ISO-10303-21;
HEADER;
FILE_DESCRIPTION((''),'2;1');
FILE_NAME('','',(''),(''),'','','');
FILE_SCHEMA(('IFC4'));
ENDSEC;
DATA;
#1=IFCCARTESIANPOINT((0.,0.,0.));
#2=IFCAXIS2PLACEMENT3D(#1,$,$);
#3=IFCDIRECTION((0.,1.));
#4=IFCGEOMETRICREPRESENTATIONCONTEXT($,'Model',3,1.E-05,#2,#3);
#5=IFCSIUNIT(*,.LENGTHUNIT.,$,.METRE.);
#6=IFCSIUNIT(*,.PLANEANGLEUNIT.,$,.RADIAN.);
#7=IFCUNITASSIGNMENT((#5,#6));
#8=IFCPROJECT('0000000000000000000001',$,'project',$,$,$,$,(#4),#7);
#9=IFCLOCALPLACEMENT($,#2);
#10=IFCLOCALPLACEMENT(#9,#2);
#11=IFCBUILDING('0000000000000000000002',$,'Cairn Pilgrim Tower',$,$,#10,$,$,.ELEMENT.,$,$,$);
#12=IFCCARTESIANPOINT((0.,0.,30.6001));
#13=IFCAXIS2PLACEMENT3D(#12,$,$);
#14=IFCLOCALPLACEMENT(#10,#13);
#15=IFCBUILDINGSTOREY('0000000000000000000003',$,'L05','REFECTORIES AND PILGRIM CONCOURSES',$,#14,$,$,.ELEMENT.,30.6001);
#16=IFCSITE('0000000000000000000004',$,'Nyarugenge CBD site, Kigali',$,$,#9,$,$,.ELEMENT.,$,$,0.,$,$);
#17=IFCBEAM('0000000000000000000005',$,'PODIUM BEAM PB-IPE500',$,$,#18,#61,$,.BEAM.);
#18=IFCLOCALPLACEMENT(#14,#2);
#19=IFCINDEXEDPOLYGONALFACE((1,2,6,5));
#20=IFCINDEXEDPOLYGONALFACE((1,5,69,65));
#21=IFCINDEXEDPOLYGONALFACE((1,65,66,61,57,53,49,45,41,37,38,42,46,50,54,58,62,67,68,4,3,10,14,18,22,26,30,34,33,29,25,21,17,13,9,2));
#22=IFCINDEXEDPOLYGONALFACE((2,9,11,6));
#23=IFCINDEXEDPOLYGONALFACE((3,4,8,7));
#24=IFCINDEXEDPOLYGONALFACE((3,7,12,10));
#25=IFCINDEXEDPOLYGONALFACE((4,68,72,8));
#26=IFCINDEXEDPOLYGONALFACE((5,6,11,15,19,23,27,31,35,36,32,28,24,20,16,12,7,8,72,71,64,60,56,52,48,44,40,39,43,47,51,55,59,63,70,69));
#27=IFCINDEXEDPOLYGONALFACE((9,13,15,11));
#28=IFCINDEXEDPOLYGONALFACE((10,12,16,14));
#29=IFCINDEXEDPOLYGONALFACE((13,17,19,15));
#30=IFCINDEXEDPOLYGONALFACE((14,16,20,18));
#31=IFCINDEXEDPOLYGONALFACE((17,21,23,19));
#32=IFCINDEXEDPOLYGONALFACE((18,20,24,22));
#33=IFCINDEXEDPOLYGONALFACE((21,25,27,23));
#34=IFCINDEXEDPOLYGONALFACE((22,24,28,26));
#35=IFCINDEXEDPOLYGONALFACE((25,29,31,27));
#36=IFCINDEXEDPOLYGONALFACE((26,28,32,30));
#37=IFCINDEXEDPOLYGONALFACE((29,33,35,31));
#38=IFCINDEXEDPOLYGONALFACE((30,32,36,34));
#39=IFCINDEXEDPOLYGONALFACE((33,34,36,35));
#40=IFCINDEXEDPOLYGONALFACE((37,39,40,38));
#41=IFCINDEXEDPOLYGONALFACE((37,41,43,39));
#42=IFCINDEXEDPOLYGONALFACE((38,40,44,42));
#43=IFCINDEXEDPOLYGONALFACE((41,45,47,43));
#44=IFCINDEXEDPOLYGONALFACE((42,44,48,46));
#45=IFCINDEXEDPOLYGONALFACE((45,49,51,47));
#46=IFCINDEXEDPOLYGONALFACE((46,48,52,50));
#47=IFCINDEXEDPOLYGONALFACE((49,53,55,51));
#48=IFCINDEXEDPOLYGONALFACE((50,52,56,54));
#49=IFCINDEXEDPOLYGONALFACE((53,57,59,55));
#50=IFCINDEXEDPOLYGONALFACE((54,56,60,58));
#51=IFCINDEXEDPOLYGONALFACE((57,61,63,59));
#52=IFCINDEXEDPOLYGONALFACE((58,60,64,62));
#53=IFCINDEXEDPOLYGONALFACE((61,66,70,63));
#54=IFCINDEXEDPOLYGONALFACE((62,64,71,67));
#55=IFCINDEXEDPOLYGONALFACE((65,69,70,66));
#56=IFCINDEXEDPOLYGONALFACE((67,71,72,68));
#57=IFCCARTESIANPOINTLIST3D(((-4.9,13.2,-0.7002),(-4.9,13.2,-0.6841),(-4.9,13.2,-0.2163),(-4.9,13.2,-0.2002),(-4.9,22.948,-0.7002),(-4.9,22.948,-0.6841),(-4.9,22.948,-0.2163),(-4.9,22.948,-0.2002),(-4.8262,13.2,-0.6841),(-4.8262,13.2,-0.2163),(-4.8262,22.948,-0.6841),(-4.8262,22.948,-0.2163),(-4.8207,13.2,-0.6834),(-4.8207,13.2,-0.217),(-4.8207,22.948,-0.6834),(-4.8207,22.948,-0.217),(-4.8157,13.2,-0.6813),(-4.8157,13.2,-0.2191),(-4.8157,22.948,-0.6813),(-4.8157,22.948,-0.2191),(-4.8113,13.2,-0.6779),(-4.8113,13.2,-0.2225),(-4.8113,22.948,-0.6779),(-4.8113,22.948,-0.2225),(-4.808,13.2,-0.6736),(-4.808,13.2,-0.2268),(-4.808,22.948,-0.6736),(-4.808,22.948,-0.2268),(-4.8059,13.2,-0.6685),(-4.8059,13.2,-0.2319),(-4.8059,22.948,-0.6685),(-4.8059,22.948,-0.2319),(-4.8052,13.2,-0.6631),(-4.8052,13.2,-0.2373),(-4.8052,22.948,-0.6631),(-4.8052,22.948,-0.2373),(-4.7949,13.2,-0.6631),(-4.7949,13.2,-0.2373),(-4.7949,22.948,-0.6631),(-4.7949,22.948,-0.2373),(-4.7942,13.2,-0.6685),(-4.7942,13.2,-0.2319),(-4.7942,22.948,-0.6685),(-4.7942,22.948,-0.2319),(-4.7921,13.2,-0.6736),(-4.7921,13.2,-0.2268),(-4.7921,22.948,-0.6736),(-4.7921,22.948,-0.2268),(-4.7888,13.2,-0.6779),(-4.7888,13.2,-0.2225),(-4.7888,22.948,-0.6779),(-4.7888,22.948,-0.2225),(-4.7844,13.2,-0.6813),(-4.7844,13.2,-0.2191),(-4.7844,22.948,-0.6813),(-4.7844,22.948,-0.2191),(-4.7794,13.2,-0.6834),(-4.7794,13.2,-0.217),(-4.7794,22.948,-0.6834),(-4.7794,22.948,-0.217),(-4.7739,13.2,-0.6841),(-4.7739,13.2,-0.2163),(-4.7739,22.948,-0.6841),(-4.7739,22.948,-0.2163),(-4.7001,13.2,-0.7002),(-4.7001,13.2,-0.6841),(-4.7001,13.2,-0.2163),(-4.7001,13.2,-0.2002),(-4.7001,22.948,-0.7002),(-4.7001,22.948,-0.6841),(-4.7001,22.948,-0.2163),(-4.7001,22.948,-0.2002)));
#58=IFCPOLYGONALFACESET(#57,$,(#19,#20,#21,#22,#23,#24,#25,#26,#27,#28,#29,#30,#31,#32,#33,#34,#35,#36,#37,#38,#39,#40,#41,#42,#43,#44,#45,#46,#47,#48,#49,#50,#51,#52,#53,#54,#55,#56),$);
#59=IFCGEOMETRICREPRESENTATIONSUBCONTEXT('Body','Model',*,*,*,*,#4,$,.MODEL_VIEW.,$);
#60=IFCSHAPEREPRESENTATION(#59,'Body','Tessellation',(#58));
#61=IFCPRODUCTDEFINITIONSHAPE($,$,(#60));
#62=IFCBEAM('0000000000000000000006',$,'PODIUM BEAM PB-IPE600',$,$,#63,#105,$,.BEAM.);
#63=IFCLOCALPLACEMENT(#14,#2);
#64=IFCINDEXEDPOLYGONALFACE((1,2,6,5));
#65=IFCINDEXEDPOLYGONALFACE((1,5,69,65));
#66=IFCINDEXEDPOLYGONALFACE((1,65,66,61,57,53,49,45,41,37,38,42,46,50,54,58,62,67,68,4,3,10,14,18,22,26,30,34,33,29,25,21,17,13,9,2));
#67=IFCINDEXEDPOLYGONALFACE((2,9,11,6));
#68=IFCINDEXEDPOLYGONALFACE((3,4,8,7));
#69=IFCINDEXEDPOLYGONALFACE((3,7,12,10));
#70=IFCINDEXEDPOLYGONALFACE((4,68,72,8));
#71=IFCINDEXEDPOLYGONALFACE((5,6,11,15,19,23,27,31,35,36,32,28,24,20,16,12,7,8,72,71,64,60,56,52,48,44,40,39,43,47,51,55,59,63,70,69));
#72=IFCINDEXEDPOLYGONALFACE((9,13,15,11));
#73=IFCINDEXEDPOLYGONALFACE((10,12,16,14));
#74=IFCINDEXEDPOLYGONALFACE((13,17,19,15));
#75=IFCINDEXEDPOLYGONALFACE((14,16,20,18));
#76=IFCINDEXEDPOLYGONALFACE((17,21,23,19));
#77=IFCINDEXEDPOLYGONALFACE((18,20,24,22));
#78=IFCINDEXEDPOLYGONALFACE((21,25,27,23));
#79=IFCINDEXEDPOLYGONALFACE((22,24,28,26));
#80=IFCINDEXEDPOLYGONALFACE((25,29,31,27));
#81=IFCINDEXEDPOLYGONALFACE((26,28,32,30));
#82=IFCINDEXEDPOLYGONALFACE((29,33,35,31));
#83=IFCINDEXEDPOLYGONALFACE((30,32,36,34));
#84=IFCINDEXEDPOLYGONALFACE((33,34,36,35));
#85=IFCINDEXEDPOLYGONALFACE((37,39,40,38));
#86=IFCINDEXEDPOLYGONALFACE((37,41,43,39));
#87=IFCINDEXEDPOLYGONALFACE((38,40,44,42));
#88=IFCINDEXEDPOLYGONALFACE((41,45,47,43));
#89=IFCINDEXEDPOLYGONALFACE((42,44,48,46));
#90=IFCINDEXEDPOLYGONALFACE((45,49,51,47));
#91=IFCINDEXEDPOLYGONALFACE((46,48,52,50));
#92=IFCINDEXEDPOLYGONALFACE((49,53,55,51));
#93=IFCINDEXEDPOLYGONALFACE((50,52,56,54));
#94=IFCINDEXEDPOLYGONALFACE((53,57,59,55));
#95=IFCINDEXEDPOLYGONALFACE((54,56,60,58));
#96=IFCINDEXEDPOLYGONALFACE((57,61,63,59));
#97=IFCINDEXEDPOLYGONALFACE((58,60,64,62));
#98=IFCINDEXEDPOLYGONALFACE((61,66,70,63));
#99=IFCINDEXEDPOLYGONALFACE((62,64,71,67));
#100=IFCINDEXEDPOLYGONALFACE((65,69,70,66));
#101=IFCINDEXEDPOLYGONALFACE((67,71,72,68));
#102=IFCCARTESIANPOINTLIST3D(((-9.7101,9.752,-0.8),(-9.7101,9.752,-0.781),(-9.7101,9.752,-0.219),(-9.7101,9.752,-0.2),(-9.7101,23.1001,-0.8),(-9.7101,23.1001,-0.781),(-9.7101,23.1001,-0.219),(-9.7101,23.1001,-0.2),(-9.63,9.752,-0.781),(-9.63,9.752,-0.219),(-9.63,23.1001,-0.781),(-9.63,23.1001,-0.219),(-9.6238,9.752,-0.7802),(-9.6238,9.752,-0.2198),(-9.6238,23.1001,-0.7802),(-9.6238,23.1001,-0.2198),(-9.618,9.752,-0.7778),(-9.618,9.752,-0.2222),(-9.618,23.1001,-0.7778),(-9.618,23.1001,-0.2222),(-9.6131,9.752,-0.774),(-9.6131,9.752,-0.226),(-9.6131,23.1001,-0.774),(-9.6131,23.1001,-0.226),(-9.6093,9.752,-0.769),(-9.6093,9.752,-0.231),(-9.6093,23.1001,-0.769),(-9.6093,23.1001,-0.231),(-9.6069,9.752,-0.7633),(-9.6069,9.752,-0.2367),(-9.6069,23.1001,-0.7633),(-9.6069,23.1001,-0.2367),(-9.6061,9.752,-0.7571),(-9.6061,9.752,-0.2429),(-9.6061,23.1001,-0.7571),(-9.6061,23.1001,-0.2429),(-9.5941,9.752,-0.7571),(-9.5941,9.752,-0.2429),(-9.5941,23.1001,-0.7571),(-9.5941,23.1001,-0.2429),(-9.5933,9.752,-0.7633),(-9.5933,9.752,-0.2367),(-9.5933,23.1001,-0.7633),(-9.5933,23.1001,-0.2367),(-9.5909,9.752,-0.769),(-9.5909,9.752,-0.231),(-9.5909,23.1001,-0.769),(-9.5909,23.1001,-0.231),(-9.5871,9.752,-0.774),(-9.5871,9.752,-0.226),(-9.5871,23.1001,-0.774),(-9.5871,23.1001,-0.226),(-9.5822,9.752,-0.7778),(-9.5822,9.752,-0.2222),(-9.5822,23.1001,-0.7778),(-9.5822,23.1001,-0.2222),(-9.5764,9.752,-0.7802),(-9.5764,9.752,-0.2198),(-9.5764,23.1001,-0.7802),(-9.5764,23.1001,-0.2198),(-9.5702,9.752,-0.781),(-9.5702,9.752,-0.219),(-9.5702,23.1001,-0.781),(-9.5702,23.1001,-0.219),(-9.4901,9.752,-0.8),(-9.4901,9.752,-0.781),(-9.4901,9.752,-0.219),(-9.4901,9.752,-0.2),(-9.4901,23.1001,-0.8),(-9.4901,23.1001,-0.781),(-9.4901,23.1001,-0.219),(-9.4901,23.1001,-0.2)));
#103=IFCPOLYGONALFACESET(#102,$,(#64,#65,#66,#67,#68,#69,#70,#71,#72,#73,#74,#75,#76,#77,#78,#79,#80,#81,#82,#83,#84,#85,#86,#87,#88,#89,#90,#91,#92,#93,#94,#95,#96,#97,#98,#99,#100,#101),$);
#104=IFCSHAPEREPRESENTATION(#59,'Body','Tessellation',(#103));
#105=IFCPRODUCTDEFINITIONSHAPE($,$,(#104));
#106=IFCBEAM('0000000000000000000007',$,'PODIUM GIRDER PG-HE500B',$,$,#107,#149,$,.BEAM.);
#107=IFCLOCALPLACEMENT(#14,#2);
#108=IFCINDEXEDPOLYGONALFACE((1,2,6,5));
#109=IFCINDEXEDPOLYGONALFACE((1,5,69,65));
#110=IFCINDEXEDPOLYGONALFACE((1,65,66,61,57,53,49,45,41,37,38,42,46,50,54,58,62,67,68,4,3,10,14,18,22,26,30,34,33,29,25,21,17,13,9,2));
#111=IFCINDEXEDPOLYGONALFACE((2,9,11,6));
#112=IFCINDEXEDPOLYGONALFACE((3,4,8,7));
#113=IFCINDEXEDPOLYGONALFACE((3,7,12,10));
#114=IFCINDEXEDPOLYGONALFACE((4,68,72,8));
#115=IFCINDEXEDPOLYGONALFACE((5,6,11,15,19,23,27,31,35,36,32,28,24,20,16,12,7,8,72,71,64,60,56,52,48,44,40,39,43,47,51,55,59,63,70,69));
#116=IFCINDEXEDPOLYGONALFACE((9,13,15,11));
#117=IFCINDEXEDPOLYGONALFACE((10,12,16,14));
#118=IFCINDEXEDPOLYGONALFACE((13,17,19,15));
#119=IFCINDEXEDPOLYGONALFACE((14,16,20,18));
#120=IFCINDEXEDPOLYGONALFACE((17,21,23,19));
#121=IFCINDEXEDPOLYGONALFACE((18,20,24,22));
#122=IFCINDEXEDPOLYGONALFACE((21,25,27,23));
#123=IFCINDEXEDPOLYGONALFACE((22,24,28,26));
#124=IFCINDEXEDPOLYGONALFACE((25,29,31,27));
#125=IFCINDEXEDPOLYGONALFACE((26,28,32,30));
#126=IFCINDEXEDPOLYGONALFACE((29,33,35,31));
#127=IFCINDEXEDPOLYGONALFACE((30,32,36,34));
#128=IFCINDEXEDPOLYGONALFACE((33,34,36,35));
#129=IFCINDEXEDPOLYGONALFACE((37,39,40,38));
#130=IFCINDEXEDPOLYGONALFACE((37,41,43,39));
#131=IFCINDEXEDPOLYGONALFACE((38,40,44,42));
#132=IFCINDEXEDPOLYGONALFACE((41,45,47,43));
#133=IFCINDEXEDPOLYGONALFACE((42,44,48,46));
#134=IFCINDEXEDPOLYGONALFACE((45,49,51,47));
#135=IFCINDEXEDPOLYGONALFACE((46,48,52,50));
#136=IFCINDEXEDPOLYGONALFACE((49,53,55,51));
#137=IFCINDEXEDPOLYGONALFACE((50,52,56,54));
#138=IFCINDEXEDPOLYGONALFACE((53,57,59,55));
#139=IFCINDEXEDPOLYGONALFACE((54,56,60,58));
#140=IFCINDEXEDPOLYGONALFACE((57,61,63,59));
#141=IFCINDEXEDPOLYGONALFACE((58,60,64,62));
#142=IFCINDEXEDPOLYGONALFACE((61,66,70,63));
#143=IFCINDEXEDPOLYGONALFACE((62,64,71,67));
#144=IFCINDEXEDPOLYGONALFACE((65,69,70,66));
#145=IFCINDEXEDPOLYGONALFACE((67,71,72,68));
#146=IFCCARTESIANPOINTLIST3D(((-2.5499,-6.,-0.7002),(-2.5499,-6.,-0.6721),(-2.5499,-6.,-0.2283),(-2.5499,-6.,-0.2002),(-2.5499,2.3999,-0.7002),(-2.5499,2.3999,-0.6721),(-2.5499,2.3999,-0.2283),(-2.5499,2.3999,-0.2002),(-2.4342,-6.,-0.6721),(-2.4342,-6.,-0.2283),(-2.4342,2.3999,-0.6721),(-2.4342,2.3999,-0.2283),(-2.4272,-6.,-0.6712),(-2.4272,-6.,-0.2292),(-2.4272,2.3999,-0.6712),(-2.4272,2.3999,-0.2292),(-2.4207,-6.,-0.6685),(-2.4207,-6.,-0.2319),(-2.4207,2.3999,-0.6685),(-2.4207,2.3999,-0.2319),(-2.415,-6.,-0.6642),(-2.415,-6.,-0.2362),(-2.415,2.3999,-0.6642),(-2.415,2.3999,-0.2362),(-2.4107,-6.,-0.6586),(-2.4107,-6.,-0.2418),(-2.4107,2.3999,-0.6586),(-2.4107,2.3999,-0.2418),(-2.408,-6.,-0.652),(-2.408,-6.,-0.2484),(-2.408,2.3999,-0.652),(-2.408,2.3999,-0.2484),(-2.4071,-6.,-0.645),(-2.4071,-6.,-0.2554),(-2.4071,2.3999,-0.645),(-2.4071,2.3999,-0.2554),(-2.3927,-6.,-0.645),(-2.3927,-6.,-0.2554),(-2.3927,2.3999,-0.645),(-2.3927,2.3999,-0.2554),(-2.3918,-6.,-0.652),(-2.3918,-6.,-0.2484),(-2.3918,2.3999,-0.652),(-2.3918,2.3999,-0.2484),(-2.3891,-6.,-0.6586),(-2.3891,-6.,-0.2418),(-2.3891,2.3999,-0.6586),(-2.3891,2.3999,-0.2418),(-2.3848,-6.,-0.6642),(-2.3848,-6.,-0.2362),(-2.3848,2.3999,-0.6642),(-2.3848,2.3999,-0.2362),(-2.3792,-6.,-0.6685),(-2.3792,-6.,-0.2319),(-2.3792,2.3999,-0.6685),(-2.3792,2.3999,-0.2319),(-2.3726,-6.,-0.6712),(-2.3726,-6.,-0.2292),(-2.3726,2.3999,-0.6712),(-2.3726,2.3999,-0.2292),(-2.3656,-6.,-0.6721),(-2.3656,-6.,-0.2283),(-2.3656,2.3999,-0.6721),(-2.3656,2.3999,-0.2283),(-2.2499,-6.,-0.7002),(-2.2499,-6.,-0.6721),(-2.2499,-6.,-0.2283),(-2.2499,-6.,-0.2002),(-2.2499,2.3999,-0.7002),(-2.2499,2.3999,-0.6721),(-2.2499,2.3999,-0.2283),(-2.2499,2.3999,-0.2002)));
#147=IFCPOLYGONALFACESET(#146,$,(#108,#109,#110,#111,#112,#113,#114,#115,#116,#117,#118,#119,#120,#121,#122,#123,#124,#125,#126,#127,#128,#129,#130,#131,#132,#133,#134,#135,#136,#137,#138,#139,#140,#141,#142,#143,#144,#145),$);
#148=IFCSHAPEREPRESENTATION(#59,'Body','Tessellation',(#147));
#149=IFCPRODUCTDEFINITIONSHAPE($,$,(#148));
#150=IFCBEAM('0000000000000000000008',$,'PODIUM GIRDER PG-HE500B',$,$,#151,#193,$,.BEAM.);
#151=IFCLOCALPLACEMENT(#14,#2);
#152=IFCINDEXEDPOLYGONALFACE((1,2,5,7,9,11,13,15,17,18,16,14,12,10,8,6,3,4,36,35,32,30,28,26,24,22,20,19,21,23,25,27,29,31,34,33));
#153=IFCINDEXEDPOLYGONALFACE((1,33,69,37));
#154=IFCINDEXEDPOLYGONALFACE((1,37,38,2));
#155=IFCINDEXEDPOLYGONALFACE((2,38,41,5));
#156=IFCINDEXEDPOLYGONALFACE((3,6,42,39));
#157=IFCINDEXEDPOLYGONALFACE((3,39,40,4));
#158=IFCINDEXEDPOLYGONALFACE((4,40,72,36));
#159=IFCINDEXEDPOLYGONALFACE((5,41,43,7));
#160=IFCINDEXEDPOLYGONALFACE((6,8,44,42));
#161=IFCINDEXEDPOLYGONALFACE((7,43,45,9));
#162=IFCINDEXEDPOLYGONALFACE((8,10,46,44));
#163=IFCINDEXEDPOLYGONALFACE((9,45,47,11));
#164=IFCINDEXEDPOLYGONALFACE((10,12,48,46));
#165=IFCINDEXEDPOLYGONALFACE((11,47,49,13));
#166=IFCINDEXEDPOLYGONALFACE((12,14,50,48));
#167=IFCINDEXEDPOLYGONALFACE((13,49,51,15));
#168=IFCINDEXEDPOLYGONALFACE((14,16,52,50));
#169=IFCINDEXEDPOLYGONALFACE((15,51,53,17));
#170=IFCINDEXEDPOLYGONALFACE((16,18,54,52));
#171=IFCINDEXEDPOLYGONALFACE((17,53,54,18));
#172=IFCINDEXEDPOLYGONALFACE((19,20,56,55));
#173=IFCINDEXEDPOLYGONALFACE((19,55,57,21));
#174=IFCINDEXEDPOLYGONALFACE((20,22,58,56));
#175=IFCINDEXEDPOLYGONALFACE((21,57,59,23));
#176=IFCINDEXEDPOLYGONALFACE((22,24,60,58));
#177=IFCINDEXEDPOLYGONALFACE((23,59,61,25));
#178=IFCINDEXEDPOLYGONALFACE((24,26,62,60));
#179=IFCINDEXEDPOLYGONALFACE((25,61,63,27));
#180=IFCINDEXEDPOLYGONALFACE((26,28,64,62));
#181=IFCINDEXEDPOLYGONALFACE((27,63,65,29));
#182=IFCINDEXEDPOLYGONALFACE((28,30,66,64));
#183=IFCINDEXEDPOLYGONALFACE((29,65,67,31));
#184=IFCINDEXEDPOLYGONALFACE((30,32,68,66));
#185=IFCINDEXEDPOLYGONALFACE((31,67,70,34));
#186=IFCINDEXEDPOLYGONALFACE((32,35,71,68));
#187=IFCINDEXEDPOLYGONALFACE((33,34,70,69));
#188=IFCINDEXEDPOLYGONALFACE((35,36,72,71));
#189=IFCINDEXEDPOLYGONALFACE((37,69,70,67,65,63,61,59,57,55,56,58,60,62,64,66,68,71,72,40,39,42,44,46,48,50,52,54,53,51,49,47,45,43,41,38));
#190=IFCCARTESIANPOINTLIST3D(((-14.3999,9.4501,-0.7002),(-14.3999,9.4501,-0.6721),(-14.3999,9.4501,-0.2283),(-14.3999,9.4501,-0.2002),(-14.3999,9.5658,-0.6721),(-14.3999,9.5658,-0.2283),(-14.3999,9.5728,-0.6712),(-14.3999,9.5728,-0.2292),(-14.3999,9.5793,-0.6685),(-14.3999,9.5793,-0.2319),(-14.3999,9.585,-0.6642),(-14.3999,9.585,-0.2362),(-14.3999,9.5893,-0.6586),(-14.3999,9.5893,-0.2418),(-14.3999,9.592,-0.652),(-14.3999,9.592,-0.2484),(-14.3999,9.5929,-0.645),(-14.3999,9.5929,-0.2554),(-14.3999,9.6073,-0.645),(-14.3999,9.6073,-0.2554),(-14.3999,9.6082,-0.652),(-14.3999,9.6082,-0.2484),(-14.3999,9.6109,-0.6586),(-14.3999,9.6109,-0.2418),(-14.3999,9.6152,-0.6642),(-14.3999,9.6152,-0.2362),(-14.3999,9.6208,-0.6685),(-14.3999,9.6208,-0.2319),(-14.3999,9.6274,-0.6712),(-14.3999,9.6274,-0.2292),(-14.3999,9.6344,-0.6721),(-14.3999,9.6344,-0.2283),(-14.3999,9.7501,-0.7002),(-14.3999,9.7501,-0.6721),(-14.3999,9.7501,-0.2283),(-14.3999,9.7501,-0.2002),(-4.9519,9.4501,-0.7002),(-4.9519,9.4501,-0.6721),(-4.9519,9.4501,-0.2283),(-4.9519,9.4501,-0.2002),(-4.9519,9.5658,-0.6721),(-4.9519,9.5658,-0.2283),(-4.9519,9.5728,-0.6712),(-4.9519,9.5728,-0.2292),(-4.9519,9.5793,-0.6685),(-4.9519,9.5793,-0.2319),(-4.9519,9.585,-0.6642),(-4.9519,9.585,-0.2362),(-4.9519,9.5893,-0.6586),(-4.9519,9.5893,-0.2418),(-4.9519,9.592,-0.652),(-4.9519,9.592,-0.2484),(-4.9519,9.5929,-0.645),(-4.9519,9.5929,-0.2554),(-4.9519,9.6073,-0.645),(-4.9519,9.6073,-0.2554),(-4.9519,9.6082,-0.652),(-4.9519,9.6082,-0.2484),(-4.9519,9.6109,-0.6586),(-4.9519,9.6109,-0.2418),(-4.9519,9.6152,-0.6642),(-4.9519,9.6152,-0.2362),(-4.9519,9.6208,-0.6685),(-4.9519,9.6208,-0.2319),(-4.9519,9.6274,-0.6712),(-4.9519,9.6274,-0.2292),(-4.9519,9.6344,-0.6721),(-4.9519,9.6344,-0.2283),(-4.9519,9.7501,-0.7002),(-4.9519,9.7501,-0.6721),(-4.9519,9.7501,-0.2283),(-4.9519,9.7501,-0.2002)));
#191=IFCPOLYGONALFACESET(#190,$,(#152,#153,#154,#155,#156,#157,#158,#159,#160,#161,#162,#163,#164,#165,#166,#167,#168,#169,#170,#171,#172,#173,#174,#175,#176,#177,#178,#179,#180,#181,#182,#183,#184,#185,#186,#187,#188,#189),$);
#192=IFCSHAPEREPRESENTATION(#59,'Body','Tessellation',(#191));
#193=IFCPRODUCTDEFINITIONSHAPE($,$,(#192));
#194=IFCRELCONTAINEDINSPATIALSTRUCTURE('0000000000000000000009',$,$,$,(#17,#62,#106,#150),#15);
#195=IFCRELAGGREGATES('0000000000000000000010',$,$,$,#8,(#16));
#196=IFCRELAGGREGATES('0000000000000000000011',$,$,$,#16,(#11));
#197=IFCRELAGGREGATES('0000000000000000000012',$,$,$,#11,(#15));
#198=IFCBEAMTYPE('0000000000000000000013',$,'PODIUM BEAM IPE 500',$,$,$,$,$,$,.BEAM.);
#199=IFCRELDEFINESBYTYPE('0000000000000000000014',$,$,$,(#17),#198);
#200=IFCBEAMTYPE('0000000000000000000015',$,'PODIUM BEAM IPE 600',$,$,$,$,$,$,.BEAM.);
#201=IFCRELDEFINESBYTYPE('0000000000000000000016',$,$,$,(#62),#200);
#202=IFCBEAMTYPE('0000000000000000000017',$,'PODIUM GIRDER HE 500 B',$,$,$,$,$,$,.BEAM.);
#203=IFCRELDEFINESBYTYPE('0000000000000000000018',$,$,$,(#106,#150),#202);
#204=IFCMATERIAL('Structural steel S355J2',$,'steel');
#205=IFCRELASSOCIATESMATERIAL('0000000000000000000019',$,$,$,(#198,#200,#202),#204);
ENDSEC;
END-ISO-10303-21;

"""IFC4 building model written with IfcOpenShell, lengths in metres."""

from ifc_helpers import new_model, si_unit, direction, frame, origin, origin_2d, place, context, subcontext, project, spatial, i_section, extrude, material, material_profile, profile_set, type_object, element, save


model = new_model("IFC4")

# Units and contexts
model_context = context("Model", 3, precision=1e-05, world=origin(), true_north=direction((0.0, 1.0)))
body_context = subcontext(model_context, "Body", "Model", "MODEL_VIEW")
ifc_project = project(units=[si_unit("LENGTHUNIT", "METRE"), si_unit("PLANEANGLEUNIT", "RADIAN")], contexts=[model_context])

# Site, building, storey
site_placement = place(None, origin())
site = spatial("IfcSite", under=ifc_project, at=site_placement, Name="Nyarugenge CBD site, Kigali", CompositionType="ELEMENT", RefElevation=0.0)
building_placement = place(site_placement, origin())
building = spatial("IfcBuilding", under=site, at=building_placement, Name="Cairn Pilgrim Tower", CompositionType="ELEMENT")
storey_placement = place(building_placement, frame((0.0, 0.0, 30.6001)))
storey = spatial("IfcBuildingStorey", under=building, at=storey_placement, Name="L05", Description="REFECTORIES AND PILGRIM CONCOURSES", CompositionType="ELEMENT", Elevation=30.6001)

# Beams
ifc_material_1 = material(Name="Structural steel S355J2", Category="steel")
ifc_material_profile_1 = material_profile(ifc_material_1, i_section(OverallWidth=0.2, OverallDepth=0.5, WebThickness=0.0103, FlangeThickness=0.0161, FilletRadius=0.021, at=origin_2d()), Name="IPE 500")
ifc_profile_set_1 = profile_set([ifc_material_profile_1], Name="Structural steel S355J2")
beam_type_1 = type_object("IfcBeamType", Name="PODIUM BEAM IPE 500", PredefinedType="BEAM", material=ifc_profile_set_1)
beam_1_placement = place(storey_placement, frame((-4.8, 13.2, -0.4502), z_axis=(0.0, 1.0, 0.0), x_axis=(-1.0, 0.0, 0.0)))
element("IfcBeam", 1, at=beam_1_placement, inside=storey, type_object=beam_type_1, Name="PODIUM BEAM PB-IPE500", PredefinedType="BEAM", context=body_context, shape_type="SweptSolid", body=[
    extrude(i_section(OverallWidth=0.2, OverallDepth=0.5, WebThickness=0.0103, FlangeThickness=0.0161, FilletRadius=0.021, at=origin_2d()), origin(), (0.0, 0.0, 1.0), 9.748),
])
ifc_material_profile_2 = material_profile(ifc_material_1, i_section(OverallWidth=0.22, OverallDepth=0.6001, WebThickness=0.012, FlangeThickness=0.019, FilletRadius=0.0239, at=origin_2d()), Name="IPE 600")
ifc_profile_set_2 = profile_set([ifc_material_profile_2], Name="Structural steel S355J2")
beam_type_2 = type_object("IfcBeamType", Name="PODIUM BEAM IPE 600", PredefinedType="BEAM", material=ifc_profile_set_2)
beam_2_placement = place(storey_placement, frame((-9.6001, 9.752, -0.5), z_axis=(0.0, 1.0, 0.0), x_axis=(-1.0, 0.0, 0.0)))
element("IfcBeam", 2, at=beam_2_placement, inside=storey, type_object=beam_type_2, Name="PODIUM BEAM PB-IPE600", PredefinedType="BEAM", context=body_context, shape_type="SweptSolid", body=[
    extrude(i_section(OverallWidth=0.22, OverallDepth=0.6001, WebThickness=0.012, FlangeThickness=0.019, FilletRadius=0.0239, at=origin_2d()), origin(), (0.0, 0.0, 1.0), 13.3481),
])
ifc_material_profile_3 = material_profile(ifc_material_1, i_section(OverallWidth=0.3, OverallDepth=0.5, WebThickness=0.0144, FlangeThickness=0.0281, FilletRadius=0.0271, at=origin_2d()), Name="HEB 500")
ifc_profile_set_3 = profile_set([ifc_material_profile_3], Name="Structural steel S355J2")
beam_type_3 = type_object("IfcBeamType", Name="PODIUM GIRDER HE 500 B", PredefinedType="BEAM", material=ifc_profile_set_3)
beam_3_placement = place(storey_placement, frame((-2.3999, 2.3999, -0.4502), z_axis=(0.0, -1.0, 0.0), x_axis=(1.0, 0.0, 0.0)))
element("IfcBeam", 3, at=beam_3_placement, inside=storey, type_object=beam_type_3, Name="PODIUM GIRDER PG-HE500B", PredefinedType="BEAM", context=body_context, shape_type="SweptSolid", body=[
    extrude(i_section(OverallWidth=0.3, OverallDepth=0.5, WebThickness=0.0144, FlangeThickness=0.0281, FilletRadius=0.0271, at=origin_2d()), origin(), (0.0, 0.0, 1.0), 8.3999),
])
beam_4_placement = place(storey_placement, frame((-14.3999, 9.6001, -0.4502), z_axis=(1.0, 0.0, 0.0), x_axis=(0.0, 1.0, 0.0)))
element("IfcBeam", 4, at=beam_4_placement, inside=storey, type_object=beam_type_3, Name="PODIUM GIRDER PG-HE500B", PredefinedType="BEAM", context=body_context, shape_type="SweptSolid", body=[
    extrude(i_section(OverallWidth=0.3, OverallDepth=0.5, WebThickness=0.0144, FlangeThickness=0.0281, FilletRadius=0.0271, at=origin_2d()), origin(), (0.0, 0.0, 1.0), 9.448),
])

save(model, "model.ifc")
